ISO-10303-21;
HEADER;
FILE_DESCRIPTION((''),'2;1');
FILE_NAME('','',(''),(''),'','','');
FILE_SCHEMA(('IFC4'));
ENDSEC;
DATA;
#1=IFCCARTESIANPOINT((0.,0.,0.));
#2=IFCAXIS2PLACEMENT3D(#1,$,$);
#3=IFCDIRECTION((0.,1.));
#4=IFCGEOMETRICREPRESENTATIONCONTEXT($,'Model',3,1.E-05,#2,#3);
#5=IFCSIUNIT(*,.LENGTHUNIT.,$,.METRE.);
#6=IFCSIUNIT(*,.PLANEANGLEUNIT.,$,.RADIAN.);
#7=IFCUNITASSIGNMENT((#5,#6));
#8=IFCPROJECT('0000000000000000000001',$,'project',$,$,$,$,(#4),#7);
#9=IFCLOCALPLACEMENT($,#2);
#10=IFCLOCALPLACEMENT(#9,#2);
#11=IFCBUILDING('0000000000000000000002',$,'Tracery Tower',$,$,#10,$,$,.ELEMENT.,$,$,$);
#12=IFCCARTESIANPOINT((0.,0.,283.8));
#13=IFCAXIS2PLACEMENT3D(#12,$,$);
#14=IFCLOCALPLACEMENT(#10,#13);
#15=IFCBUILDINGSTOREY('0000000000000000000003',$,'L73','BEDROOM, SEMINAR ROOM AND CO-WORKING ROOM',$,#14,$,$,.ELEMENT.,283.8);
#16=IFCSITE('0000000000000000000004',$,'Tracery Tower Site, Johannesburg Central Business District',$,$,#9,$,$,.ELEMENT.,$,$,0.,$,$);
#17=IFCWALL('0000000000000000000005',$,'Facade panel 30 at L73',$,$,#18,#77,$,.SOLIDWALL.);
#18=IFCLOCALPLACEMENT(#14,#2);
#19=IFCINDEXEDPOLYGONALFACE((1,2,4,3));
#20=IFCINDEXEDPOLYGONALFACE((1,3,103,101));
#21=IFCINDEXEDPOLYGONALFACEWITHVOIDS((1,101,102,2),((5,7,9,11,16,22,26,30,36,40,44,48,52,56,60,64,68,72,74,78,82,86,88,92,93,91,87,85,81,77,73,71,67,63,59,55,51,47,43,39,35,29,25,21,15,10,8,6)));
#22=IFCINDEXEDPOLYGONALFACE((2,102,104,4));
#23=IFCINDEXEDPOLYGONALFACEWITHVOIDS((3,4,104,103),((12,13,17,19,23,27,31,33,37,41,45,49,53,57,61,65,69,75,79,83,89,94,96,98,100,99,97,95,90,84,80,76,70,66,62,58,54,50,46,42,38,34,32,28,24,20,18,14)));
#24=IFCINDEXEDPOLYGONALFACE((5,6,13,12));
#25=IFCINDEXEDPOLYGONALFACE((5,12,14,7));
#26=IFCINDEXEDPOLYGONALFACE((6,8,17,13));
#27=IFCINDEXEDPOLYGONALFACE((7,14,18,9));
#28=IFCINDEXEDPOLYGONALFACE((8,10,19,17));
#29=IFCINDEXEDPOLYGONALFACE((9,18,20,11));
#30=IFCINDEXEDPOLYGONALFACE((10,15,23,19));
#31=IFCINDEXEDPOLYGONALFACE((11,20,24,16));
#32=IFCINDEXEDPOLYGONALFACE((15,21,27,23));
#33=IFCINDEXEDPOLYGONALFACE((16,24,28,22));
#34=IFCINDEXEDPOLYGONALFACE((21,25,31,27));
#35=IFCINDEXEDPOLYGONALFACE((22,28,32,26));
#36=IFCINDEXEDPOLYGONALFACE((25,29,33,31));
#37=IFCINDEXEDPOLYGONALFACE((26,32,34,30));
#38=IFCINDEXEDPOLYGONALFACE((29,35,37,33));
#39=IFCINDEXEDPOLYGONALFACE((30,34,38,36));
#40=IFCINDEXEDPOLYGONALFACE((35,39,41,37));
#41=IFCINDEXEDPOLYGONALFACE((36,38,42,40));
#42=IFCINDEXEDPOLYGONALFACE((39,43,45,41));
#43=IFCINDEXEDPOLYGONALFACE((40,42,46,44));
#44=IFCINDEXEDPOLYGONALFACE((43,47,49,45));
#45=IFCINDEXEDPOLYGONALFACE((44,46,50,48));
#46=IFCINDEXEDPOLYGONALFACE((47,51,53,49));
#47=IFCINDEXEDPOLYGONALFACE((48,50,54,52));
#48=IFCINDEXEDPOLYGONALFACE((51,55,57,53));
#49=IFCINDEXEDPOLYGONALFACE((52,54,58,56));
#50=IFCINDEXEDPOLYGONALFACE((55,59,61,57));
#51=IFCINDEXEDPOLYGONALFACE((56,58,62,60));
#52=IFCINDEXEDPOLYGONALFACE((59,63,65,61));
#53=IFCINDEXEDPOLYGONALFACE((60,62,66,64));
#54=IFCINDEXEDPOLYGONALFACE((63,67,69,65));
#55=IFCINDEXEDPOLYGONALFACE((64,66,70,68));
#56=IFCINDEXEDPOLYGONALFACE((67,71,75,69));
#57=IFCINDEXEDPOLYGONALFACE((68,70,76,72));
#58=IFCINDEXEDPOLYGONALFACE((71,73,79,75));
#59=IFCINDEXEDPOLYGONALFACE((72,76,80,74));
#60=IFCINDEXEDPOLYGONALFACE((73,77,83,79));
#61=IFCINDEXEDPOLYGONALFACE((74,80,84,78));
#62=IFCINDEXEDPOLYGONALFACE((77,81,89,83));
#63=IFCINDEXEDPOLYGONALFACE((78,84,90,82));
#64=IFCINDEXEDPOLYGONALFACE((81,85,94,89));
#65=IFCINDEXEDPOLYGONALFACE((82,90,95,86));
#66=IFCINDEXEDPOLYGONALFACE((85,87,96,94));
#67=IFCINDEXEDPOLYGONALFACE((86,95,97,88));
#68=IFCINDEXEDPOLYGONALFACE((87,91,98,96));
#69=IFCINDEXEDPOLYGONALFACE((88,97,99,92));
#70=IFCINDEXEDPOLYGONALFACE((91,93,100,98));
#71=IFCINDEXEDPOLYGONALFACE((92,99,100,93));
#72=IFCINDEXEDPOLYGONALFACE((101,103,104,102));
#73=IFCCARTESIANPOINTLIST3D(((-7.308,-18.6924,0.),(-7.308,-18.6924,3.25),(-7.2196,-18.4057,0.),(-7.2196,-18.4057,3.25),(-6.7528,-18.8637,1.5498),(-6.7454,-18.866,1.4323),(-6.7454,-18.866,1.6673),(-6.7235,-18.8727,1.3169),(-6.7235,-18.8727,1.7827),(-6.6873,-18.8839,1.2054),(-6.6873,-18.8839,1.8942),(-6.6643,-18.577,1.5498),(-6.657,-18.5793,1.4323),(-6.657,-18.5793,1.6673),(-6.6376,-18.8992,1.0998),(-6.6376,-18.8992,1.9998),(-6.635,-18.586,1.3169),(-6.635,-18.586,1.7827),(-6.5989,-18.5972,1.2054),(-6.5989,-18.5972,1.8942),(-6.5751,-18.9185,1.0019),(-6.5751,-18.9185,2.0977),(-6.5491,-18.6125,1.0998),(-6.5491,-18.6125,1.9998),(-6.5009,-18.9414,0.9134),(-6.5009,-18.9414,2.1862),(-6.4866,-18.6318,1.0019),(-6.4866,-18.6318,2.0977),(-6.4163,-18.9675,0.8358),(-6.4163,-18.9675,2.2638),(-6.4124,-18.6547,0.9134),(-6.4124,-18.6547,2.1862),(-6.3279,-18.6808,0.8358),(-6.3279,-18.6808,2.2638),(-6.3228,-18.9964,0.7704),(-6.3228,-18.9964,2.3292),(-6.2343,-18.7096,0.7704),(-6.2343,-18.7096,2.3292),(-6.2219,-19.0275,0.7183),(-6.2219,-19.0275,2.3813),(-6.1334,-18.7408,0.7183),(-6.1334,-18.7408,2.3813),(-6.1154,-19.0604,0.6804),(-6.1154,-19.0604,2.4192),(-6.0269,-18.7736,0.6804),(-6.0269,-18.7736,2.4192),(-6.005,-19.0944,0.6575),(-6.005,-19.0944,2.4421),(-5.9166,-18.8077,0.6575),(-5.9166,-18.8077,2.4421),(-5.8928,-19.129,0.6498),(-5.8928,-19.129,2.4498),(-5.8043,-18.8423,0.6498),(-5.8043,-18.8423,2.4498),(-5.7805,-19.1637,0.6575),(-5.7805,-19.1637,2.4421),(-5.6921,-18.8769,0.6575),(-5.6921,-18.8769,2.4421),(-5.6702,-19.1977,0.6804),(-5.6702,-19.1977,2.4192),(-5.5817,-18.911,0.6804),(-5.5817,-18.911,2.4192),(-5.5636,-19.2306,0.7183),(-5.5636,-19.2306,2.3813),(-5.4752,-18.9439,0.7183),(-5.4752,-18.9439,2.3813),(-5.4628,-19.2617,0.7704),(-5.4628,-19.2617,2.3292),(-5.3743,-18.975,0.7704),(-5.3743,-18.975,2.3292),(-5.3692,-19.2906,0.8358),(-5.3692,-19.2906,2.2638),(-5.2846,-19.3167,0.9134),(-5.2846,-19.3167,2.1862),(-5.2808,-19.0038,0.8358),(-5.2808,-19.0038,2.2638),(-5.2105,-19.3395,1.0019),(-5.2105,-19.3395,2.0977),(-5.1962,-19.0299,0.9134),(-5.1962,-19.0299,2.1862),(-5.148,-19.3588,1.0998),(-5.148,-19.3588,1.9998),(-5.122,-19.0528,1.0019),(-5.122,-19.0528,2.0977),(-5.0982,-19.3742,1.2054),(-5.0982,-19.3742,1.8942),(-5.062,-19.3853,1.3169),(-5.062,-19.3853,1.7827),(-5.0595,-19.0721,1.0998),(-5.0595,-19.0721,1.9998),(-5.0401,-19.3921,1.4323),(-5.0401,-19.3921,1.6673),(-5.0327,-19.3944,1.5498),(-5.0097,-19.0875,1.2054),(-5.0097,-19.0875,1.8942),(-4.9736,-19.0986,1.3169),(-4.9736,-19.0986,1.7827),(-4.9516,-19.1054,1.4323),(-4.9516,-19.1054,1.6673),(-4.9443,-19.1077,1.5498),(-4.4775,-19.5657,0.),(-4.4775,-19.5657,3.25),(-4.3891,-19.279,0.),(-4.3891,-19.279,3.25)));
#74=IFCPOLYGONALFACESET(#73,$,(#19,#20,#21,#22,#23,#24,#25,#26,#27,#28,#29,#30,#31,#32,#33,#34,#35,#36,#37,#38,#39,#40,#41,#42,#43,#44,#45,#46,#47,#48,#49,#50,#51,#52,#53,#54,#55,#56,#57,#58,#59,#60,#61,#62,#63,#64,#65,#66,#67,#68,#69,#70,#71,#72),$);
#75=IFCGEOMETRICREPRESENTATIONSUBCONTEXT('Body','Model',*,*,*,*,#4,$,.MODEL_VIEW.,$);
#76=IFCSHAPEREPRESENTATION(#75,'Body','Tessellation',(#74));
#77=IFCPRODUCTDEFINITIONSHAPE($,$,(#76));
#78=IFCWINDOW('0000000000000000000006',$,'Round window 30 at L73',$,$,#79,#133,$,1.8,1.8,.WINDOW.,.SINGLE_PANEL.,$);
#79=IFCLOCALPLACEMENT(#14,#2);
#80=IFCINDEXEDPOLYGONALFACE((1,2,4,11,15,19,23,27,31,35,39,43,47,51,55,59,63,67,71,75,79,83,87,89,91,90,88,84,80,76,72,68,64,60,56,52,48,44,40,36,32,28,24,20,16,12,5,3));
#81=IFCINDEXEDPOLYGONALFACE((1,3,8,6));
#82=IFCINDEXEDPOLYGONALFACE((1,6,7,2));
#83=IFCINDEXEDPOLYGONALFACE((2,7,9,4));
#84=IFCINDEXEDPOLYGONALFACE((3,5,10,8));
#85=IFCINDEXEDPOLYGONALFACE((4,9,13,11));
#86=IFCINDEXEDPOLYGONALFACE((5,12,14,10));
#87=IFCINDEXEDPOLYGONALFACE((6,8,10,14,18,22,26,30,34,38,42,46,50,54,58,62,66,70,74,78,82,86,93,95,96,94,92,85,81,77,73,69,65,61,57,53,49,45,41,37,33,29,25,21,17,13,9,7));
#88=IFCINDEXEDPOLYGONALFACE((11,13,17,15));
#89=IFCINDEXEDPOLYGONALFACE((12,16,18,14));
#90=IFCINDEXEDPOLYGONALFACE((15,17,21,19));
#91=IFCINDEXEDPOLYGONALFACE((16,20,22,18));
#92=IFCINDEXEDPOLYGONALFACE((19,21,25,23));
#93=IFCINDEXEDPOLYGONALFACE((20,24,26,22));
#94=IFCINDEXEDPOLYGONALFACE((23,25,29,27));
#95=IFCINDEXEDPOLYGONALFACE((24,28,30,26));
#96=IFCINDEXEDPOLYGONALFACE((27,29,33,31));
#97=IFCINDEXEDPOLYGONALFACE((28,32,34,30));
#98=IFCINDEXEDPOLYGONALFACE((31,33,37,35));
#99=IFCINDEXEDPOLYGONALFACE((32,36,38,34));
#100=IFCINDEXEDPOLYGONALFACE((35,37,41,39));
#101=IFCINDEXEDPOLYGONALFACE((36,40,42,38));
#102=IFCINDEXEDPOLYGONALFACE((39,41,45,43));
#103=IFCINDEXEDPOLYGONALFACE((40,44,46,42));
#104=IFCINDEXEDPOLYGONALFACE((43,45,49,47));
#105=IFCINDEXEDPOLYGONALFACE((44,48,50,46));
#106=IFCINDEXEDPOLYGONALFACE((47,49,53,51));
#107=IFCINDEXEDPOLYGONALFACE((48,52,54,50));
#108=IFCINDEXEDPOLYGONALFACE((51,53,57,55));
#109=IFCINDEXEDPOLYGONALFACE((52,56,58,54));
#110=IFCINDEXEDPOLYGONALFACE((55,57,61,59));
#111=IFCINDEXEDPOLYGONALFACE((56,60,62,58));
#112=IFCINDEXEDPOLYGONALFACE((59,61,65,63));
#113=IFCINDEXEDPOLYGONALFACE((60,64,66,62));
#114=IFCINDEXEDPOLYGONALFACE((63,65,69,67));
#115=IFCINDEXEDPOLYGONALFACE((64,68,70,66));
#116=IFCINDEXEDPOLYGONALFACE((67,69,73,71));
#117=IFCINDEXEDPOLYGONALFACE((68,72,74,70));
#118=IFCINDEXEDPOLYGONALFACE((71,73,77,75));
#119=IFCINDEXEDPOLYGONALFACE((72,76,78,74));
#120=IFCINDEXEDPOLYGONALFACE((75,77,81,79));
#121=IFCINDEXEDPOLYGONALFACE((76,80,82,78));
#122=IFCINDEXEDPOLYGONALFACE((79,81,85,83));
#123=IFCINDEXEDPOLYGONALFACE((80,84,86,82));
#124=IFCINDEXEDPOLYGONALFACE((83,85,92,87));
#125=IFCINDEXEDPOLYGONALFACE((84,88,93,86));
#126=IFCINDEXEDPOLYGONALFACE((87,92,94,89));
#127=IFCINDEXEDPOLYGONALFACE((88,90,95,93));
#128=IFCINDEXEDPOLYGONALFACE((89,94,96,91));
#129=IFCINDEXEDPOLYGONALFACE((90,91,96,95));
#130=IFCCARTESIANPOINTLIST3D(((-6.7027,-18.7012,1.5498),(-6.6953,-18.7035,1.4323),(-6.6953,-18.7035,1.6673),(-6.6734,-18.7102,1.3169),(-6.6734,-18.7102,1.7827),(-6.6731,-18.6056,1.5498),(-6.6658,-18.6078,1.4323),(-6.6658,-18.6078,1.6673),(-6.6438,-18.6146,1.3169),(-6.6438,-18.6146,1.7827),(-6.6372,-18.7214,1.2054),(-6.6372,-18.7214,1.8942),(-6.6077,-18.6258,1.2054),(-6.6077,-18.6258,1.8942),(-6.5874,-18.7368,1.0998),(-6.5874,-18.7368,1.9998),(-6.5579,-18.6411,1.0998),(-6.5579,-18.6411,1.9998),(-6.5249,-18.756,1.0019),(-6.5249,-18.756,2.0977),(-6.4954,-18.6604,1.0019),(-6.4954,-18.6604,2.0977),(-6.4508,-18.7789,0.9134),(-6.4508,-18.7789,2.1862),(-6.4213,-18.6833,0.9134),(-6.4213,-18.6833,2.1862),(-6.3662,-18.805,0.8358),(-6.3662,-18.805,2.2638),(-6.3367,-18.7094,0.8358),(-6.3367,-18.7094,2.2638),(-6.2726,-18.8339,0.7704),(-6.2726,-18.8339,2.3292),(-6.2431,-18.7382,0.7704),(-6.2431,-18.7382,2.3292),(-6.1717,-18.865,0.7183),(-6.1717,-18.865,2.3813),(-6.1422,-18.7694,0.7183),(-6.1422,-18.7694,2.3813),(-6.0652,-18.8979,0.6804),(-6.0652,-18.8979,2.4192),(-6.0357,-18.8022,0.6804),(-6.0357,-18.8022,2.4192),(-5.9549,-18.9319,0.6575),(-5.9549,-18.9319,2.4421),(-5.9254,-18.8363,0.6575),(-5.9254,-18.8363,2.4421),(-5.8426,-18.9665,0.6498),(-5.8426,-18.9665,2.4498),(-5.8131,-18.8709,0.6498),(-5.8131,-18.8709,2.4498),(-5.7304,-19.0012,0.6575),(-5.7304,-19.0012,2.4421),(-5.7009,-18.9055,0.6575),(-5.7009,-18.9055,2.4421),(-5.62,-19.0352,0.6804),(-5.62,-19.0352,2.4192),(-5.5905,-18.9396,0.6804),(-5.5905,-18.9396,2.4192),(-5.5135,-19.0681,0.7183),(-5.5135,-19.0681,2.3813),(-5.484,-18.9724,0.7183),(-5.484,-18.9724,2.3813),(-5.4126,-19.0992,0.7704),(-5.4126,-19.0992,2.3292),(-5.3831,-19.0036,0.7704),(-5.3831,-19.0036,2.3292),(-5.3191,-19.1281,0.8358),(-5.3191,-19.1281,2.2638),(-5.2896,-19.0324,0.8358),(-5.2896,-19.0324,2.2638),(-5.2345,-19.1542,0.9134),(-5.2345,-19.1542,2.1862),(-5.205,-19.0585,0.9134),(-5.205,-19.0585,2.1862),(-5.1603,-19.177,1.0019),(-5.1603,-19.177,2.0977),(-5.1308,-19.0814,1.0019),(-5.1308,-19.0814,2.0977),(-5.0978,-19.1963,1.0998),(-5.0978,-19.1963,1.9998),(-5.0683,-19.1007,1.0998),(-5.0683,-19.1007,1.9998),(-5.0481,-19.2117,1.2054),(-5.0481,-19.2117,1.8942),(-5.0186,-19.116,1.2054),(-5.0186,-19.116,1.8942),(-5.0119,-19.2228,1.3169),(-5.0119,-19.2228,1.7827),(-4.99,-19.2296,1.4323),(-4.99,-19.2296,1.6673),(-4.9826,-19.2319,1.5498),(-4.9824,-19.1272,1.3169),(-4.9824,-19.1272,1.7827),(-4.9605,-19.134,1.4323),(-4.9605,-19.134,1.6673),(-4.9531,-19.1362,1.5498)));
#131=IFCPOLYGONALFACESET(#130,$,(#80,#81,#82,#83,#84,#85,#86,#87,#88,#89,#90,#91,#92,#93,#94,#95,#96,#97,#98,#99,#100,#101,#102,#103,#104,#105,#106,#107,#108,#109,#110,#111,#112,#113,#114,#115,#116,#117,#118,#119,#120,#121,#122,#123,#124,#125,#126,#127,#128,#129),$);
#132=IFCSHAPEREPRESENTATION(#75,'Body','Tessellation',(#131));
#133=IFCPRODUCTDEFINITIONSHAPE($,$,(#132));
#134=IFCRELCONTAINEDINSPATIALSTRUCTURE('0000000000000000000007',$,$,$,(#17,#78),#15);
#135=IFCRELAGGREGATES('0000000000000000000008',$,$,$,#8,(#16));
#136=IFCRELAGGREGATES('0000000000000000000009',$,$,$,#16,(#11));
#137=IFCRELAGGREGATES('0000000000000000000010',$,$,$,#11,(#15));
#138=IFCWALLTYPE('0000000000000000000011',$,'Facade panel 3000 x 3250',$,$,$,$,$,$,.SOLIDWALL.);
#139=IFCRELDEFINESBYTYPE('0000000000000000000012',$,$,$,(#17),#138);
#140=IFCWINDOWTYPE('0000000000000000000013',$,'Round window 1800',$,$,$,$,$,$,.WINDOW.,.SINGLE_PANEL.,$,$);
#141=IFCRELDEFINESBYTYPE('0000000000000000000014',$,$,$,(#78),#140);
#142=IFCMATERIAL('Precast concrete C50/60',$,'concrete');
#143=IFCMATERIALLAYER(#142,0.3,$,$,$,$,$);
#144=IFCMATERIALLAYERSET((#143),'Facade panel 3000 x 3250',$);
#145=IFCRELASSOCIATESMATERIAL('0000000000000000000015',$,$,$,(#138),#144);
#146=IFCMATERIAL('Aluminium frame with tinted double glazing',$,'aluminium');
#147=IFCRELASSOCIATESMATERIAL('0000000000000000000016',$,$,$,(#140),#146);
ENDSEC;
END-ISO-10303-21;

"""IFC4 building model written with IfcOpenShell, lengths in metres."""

from ifc_helpers import new_model, si_unit, direction, frame, frame_2d, origin, origin_2d, place, context, subcontext, project, spatial, rectangle, circle, extrude, material, layer, layer_set, type_object, element, fill, save


model = new_model("IFC4")

# Units and contexts
model_context = context("Model", 3, precision=1e-05, world=origin(), true_north=direction((0.0, 1.0)))
body_context = subcontext(model_context, "Body", "Model", "MODEL_VIEW")
ifc_project = project(units=[si_unit("LENGTHUNIT", "METRE"), si_unit("PLANEANGLEUNIT", "RADIAN")], contexts=[model_context])

# Site, building, storey
site_placement = place(None, origin())
site = spatial("IfcSite", under=ifc_project, at=site_placement, Name="Tracery Tower Site, Johannesburg Central Business District", CompositionType="ELEMENT", RefElevation=0.0)
building_placement = place(site_placement, origin())
building = spatial("IfcBuilding", under=site, at=building_placement, Name="Tracery Tower", CompositionType="ELEMENT")
storey_placement = place(building_placement, frame((0.0, 0.0, 283.8)))
storey = spatial("IfcBuildingStorey", under=building, at=storey_placement, Name="L73", Description="BEDROOM, SEMINAR ROOM AND CO-WORKING ROOM", CompositionType="ELEMENT", Elevation=283.8)

# Wall, opening, window
ifc_material_1 = material(Name="Precast concrete C50/60", Category="concrete")
ifc_layer_1 = layer(ifc_material_1, 0.3)
ifc_layer_set_1 = layer_set([ifc_layer_1], Name="Facade panel 3000 x 3250")
wall_type_1 = type_object("IfcWallType", Name="Facade panel 3000 x 3250", PredefinedType="SOLIDWALL", material=ifc_layer_set_1)
wall_1_placement = place(storey_placement, frame((-7.2637, -18.5491, 0.0), z_axis=(0.0, 0.0, 1.0), x_axis=(0.955556, -0.29481, 0.0)))
wall_1 = element("IfcWall", 1, at=wall_1_placement, inside=storey, type_object=wall_type_1, Name="Facade panel 30 at L73", PredefinedType="SOLIDWALL", context=body_context, shape_type="SweptSolid", body=[
    extrude(rectangle(XDim=2.9622, YDim=0.3, at=frame_2d((1.481, 0.0))), origin(), (0.0, 0.0, 1.0), 3.25),
])
opening_1_placement = place(wall_1_placement, frame((1.481, 0.0, 1.5498)))
opening_1 = element("IfcOpeningElement", 2, at=opening_1_placement, cuts=wall_1, PredefinedType="OPENING", context=body_context, shape_type="SweptSolid", body=[
    extrude(circle(Radius=0.9, at=origin_2d()), frame((0.0, 0.1599, 0.0), z_axis=(0.0, -1.0, 0.0), x_axis=(1.0, 0.0, 0.0)), (0.0, 0.0, 1.0), 0.3201),
])
ifc_material_2 = material(Name="Aluminium frame with tinted double glazing", Category="aluminium")
window_type = type_object("IfcWindowType", Name="Round window 1800", PartitioningType="SINGLE_PANEL", PredefinedType="WINDOW", material=ifc_material_2)
window_1_placement = place(opening_1_placement, origin())
window_1 = element("IfcWindow", 3, at=window_1_placement, inside=storey, type_object=window_type, Name="Round window 30 at L73", OverallHeight=1.8, OverallWidth=1.8, PartitioningType="SINGLE_PANEL", PredefinedType="WINDOW", context=body_context, shape_type="SweptSolid", body=[
    extrude(circle(Radius=0.9, at=origin_2d()), frame((0.0, 0.1201, 0.0), z_axis=(0.0, -1.0, 0.0), x_axis=(1.0, 0.0, 0.0)), (0.0, 0.0, 1.0), 0.1001),
])
fill(opening_1, window_1)

save(model, "model.ifc")
